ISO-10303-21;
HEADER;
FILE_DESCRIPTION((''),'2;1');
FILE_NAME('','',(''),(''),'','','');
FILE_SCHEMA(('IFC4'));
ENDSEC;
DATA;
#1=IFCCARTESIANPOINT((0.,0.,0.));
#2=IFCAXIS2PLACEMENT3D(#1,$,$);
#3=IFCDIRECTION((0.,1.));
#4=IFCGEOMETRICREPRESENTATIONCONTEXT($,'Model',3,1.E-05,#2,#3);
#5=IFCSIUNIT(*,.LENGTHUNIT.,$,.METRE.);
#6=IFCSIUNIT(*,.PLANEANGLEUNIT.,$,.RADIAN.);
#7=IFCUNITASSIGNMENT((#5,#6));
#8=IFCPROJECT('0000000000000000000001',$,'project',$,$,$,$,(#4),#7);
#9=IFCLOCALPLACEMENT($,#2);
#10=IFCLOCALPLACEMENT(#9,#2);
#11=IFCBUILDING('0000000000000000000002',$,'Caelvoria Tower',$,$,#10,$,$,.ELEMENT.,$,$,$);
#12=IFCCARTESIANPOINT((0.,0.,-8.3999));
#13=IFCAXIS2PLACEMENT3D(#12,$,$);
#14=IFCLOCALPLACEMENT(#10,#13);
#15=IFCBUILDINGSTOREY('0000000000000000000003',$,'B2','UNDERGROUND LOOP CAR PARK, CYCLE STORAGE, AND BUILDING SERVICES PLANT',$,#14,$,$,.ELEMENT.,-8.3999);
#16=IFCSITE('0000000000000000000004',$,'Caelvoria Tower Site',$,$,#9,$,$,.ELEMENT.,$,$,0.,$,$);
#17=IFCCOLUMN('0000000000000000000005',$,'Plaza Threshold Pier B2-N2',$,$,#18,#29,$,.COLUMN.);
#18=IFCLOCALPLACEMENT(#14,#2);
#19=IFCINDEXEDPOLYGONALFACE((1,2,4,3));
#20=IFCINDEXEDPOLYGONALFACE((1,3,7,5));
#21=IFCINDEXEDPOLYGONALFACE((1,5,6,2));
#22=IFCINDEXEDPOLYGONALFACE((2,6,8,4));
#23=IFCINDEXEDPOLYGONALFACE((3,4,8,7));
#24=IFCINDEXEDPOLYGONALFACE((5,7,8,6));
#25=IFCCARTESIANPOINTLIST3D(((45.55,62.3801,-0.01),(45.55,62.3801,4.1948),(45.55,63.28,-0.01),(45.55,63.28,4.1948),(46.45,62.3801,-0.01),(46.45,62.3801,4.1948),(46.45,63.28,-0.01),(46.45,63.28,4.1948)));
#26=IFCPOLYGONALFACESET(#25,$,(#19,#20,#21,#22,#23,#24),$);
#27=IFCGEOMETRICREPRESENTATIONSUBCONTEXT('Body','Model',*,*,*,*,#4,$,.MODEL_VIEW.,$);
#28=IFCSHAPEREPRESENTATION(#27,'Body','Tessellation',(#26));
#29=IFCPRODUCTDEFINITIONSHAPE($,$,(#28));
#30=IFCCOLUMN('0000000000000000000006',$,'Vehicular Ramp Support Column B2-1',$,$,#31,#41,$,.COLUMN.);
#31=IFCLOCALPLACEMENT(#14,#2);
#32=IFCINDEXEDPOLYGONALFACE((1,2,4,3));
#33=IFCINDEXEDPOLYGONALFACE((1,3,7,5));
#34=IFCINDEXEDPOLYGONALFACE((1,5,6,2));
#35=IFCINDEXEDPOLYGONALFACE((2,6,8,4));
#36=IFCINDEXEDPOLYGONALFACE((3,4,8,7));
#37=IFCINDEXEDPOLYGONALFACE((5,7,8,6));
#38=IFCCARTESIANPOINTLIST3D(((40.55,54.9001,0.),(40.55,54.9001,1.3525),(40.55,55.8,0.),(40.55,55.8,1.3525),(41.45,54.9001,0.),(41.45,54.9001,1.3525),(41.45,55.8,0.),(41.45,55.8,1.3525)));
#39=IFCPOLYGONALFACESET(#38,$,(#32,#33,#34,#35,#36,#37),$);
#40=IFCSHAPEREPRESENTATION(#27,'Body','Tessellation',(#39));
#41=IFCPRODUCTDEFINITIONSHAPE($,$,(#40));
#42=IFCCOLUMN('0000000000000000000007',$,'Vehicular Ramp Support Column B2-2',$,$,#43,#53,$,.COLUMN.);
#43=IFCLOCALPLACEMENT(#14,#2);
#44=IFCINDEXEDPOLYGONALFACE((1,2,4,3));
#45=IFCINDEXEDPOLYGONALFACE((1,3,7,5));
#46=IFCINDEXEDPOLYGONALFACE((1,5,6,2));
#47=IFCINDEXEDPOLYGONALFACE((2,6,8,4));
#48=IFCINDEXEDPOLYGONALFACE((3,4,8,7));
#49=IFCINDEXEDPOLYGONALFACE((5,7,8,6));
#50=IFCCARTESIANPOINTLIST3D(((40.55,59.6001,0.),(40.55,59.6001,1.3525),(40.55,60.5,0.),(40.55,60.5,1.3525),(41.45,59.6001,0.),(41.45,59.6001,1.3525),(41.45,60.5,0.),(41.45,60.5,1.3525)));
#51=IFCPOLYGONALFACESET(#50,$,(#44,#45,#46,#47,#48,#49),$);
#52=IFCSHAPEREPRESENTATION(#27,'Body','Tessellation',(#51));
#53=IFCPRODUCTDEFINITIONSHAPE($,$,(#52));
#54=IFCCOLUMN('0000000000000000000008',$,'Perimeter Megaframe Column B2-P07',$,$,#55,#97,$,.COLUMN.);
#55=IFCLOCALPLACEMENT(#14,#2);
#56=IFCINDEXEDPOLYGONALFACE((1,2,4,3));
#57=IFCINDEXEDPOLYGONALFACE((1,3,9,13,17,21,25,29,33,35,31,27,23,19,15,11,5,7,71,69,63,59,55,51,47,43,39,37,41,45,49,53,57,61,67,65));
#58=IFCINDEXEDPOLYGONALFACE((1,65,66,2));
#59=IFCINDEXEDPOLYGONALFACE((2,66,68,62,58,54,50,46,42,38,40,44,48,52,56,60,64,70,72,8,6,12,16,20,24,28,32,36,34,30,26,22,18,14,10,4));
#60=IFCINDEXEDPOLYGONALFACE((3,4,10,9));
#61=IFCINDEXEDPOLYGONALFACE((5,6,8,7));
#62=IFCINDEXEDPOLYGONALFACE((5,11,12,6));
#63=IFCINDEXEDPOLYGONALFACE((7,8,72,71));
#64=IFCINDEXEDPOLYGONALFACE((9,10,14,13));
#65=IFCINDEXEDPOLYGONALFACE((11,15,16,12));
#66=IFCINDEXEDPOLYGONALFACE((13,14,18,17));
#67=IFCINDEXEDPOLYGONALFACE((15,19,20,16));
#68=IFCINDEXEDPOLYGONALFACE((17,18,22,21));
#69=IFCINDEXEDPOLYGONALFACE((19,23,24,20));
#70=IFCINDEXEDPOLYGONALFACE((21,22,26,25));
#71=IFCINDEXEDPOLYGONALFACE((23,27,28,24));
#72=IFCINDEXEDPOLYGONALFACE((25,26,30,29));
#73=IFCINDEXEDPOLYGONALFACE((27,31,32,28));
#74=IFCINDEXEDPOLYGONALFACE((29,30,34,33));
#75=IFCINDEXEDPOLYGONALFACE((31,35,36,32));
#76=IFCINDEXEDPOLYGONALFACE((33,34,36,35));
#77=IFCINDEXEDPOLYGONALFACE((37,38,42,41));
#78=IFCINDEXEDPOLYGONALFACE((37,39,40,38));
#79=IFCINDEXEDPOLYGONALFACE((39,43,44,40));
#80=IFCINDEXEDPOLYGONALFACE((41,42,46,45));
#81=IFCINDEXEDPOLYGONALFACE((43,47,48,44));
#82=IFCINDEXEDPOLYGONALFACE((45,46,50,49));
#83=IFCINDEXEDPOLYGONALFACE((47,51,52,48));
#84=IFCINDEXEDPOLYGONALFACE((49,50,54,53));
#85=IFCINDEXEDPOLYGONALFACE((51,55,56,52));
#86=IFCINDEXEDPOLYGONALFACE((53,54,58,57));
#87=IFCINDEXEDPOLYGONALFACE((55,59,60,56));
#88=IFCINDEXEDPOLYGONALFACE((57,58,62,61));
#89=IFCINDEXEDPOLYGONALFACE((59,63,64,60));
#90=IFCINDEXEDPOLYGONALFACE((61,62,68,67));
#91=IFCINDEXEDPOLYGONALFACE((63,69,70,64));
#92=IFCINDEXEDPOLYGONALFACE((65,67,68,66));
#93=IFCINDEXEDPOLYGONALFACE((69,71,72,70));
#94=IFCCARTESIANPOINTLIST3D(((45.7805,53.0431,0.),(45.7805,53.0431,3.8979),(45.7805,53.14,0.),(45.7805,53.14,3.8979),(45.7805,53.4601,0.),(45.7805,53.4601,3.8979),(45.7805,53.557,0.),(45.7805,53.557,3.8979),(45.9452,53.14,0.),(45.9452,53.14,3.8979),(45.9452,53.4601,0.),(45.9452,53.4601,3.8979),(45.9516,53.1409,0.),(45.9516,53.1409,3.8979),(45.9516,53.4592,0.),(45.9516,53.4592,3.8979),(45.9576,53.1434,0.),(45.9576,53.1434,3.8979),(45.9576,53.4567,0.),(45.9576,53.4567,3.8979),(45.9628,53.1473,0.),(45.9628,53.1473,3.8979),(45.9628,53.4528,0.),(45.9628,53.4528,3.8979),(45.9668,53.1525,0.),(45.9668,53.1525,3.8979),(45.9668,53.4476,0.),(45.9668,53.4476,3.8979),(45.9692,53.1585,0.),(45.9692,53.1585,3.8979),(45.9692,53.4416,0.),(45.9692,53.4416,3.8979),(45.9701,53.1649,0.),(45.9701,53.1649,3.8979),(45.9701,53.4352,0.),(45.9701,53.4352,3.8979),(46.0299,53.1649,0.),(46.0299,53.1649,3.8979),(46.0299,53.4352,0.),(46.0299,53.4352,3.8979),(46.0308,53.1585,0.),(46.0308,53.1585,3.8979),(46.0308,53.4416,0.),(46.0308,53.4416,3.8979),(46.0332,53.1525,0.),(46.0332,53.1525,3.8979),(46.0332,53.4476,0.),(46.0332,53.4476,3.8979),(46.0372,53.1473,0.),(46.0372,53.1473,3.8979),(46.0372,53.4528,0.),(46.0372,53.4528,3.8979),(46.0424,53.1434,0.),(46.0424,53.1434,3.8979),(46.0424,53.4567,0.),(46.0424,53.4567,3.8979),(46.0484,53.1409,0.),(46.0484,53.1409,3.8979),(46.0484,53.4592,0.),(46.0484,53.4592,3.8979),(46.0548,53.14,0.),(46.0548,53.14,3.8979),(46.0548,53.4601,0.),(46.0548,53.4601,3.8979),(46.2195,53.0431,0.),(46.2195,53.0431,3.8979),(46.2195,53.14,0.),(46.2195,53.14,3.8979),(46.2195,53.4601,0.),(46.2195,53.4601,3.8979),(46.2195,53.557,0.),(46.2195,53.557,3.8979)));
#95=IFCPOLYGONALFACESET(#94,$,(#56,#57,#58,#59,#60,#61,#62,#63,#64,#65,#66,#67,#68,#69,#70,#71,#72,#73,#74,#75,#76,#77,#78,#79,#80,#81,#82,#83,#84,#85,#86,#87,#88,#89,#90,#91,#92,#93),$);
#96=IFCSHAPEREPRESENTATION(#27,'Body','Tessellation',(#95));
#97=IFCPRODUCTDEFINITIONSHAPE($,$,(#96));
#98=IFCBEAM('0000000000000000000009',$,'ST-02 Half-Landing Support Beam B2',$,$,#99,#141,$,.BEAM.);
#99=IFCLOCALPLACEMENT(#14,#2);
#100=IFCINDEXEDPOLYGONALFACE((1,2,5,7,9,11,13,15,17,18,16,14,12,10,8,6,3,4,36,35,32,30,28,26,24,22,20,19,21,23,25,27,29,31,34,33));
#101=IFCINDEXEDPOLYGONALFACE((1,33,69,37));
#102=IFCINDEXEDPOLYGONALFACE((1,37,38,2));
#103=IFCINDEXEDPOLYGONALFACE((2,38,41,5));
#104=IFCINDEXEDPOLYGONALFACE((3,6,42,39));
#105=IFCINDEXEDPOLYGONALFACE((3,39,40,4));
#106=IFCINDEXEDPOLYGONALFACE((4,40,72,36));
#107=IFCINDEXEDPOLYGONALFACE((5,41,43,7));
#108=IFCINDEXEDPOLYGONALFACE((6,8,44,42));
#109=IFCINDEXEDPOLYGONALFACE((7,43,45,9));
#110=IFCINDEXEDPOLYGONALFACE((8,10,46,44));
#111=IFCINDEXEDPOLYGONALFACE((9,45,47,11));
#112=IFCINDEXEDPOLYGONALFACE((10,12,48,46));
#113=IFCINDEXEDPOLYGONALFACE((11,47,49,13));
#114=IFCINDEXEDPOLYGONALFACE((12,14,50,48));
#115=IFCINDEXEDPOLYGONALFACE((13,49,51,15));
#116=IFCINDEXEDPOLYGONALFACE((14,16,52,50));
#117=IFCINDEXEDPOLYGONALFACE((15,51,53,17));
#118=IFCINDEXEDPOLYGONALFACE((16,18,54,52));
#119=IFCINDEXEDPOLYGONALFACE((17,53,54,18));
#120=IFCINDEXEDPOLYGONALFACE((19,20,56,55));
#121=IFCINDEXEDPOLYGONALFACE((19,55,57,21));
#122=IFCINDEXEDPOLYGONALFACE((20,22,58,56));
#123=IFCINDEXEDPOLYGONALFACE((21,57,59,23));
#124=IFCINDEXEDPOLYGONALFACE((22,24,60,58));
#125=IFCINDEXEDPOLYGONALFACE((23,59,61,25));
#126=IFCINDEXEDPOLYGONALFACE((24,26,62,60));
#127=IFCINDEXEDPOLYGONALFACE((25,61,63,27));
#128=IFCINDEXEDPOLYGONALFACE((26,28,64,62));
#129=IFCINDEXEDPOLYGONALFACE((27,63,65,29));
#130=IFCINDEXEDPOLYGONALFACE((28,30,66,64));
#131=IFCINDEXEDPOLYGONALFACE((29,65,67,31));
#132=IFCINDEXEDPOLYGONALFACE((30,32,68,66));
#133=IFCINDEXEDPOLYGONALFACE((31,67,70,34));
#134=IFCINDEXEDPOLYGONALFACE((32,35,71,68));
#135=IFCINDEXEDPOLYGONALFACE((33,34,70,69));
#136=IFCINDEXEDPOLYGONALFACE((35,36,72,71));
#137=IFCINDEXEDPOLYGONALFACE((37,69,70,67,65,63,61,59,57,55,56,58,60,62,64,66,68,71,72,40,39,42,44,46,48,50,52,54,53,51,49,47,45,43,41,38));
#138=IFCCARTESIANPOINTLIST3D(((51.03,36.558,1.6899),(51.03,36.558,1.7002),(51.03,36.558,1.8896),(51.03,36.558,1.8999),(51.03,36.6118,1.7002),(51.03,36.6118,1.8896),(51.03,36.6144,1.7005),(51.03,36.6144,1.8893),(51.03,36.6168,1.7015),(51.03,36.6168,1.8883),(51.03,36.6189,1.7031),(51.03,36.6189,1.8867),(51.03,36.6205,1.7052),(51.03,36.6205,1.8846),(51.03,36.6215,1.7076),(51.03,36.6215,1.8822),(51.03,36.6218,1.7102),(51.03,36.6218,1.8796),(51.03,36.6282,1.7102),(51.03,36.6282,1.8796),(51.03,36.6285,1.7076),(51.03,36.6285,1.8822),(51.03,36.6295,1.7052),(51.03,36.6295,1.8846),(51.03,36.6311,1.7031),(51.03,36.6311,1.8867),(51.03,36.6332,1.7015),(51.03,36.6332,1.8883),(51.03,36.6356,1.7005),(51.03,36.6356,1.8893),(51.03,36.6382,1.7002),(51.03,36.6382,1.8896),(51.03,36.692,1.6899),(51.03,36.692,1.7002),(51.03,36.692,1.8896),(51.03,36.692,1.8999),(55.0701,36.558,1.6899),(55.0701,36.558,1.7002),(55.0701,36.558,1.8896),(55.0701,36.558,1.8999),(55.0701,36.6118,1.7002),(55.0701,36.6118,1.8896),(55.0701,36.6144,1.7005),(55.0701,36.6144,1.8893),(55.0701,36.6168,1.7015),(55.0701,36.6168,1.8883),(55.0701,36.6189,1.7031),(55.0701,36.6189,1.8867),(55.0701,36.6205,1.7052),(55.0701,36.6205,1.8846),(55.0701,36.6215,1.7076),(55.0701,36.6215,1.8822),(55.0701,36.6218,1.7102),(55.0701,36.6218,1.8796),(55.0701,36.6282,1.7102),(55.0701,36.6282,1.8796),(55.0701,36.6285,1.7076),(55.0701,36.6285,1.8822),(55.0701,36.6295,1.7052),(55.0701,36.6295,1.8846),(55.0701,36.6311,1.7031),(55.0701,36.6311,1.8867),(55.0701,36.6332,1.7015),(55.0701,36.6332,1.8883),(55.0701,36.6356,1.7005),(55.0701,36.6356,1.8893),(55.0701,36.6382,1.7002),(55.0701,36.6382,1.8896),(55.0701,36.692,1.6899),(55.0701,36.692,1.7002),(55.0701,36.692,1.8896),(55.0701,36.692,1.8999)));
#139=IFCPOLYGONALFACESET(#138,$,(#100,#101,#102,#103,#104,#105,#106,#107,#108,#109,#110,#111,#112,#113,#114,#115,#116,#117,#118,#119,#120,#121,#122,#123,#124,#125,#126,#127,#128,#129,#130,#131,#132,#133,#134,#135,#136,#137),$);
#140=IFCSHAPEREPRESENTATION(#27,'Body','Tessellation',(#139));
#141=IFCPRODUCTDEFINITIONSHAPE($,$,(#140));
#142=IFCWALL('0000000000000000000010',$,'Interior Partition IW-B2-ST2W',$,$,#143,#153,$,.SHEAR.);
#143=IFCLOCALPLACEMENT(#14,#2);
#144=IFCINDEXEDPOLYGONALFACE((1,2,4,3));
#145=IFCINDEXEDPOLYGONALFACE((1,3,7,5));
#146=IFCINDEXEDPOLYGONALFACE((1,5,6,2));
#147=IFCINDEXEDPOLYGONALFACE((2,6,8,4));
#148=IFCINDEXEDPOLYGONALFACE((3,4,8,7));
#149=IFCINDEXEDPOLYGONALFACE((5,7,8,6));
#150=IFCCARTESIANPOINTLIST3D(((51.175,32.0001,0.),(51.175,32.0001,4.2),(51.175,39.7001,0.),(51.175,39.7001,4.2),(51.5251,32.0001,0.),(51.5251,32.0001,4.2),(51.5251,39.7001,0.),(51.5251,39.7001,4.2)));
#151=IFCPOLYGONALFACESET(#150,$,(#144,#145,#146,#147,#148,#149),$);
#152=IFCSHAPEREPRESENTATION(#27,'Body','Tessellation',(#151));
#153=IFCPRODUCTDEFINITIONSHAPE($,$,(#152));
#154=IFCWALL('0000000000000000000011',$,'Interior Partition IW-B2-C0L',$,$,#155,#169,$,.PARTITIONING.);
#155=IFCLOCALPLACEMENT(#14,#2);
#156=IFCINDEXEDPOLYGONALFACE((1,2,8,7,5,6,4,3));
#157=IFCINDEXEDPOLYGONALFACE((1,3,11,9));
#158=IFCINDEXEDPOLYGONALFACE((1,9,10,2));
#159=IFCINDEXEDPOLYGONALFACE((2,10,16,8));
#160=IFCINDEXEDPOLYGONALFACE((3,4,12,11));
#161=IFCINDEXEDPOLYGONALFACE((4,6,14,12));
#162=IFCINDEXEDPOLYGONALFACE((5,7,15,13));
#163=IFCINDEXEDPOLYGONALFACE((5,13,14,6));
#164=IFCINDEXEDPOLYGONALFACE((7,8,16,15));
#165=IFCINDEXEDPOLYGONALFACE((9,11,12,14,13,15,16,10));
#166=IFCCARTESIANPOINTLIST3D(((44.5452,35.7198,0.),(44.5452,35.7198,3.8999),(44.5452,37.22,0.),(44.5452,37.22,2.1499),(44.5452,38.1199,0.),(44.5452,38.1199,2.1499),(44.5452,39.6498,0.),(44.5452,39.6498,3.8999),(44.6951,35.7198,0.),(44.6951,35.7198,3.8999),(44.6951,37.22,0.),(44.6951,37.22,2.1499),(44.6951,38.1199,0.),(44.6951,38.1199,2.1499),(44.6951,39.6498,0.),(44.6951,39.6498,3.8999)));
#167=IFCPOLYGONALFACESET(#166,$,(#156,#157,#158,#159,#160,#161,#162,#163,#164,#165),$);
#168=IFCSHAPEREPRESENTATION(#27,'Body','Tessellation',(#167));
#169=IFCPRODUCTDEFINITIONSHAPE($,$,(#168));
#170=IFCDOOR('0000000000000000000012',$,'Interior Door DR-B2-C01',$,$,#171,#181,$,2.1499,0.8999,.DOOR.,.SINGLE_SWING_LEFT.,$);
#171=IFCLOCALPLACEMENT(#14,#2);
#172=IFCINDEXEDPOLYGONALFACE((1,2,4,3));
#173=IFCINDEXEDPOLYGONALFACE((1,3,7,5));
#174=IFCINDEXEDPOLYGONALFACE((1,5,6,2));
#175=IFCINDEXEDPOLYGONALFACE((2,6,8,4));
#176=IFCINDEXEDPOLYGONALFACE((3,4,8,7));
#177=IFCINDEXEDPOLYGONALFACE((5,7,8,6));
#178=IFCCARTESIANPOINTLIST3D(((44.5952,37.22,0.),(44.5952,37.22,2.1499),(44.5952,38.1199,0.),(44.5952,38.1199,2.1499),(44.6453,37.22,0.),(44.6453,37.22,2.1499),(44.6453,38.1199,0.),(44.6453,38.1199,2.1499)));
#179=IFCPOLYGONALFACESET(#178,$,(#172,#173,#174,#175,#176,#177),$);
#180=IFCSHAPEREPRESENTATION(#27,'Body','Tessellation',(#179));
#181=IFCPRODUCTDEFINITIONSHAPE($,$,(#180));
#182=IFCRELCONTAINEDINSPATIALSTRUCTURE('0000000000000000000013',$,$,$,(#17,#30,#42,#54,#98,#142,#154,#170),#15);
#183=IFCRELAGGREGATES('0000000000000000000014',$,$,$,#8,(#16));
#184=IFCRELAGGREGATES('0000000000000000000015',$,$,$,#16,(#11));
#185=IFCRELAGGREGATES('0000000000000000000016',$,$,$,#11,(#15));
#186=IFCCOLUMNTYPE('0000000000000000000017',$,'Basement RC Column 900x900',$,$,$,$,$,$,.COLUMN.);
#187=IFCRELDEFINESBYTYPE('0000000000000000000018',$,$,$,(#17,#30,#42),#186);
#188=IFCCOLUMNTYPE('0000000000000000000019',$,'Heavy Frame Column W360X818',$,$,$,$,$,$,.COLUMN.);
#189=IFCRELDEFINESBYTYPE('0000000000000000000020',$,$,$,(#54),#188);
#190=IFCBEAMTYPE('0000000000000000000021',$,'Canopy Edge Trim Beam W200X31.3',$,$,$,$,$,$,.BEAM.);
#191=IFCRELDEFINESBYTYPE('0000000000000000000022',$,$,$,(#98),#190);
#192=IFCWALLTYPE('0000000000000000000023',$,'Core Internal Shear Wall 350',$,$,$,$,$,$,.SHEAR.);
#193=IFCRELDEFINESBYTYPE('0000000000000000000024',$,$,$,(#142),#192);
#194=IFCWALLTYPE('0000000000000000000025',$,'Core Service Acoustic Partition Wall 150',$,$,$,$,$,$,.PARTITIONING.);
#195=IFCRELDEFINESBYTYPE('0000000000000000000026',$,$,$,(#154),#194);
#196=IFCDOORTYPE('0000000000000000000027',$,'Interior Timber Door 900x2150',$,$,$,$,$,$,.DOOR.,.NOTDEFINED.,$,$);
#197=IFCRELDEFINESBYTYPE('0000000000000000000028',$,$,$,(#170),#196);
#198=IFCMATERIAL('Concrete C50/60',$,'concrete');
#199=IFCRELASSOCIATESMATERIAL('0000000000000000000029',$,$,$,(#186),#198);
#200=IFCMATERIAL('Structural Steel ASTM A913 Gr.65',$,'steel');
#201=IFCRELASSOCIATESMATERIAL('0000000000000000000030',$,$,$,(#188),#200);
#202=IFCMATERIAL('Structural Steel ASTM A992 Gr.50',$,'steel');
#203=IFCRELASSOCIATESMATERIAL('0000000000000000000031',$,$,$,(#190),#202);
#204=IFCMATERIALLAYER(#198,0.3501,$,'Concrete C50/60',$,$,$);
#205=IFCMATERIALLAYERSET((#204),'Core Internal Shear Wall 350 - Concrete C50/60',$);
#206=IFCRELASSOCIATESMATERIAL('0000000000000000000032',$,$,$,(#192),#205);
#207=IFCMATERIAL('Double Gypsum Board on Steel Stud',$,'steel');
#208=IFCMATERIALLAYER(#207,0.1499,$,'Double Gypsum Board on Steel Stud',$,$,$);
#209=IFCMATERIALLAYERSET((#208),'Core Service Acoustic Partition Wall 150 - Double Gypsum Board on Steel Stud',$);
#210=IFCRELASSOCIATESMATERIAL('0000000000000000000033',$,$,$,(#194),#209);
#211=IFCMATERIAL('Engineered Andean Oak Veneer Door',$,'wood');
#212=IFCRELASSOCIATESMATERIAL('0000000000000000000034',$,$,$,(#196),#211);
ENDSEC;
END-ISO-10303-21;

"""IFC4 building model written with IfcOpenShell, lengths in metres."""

from ifc_helpers import new_model, si_unit, direction, frame, frame_2d, origin, origin_2d, place, context, subcontext, project, spatial, rectangle, i_section, extrude, material, layer, layer_set, material_profile, profile_set, type_object, element, fill, save


model = new_model("IFC4")

# Units and contexts
model_context = context("Model", 3, precision=1e-05, world=origin(), true_north=direction((0.0, 1.0)))
body_context = subcontext(model_context, "Body", "Model", "MODEL_VIEW")
ifc_project = project(units=[si_unit("LENGTHUNIT", "METRE"), si_unit("PLANEANGLEUNIT", "RADIAN")], contexts=[model_context])

# Site, building, storey
site_placement = place(None, origin())
site = spatial("IfcSite", under=ifc_project, at=site_placement, Name="Caelvoria Tower Site", CompositionType="ELEMENT", RefElevation=0.0)
building_placement = place(site_placement, origin())
building = spatial("IfcBuilding", under=site, at=building_placement, Name="Caelvoria Tower", CompositionType="ELEMENT")
storey_placement = place(building_placement, frame((0.0, 0.0, -8.3999)))
storey = spatial("IfcBuildingStorey", under=building, at=storey_placement, Name="B2", Description="UNDERGROUND LOOP CAR PARK, CYCLE STORAGE, AND BUILDING SERVICES PLANT", CompositionType="ELEMENT", Elevation=-8.3999)

# Columns
ifc_material_1 = material(Name="Concrete C50/60", Category="concrete")
ifc_material_profile_1 = material_profile(ifc_material_1, rectangle(XDim=0.8999, YDim=0.8999, at=origin_2d()), Name="Concrete C50/60")
ifc_profile_set_1 = profile_set([ifc_material_profile_1], Name="RC_COL_900X900 - Concrete C50/60")
column_type_1 = type_object("IfcColumnType", Name="Basement RC Column 900x900", PredefinedType="COLUMN", material=ifc_profile_set_1)
for number, where, z_axis, x_axis, name in (
    (1, (46.0, 62.8301, -0.01), (0.0, 0.0, 1.0), (1.0, 0.0, 0.0), "Plaza Threshold Pier B2-N2"),
):
    element("IfcColumn", number, at=place(storey_placement, frame(where, z_axis=z_axis, x_axis=x_axis)), inside=storey, type_object=column_type_1, Name=name, PredefinedType="COLUMN", context=body_context, shape_type="SweptSolid", body=[
        extrude(rectangle(XDim=0.8999, YDim=0.8999, at=origin_2d()), origin(), (0.0, 0.0, 1.0), 4.2048),
    ])
for number, where, z_axis, x_axis, name in (
    (2, (41.0, 55.3501, 0.0), (0.0, 0.0, 1.0), (1.0, 0.0, 0.0), "Vehicular Ramp Support Column B2-1"),
    (3, (41.0, 60.05, 0.0), (0.0, 0.0, 1.0), (1.0, 0.0, 0.0), "Vehicular Ramp Support Column B2-2"),
):
    element("IfcColumn", number, at=place(storey_placement, frame(where, z_axis=z_axis, x_axis=x_axis)), inside=storey, type_object=column_type_1, Name=name, PredefinedType="COLUMN", context=body_context, shape_type="SweptSolid", body=[
        extrude(rectangle(XDim=0.8999, YDim=0.8999, at=origin_2d()), origin(), (0.0, 0.0, 1.0), 1.3525),
    ])
ifc_material_2 = material(Name="Structural Steel ASTM A913 Gr.65", Category="steel")
ifc_material_profile_2 = material_profile(ifc_material_2, i_section(OverallWidth=0.439, OverallDepth=0.5139, WebThickness=0.0598, FlangeThickness=0.0969, FilletRadius=0.0249, at=origin_2d()), Name="Structural Steel ASTM A913 Gr.65")
ifc_profile_set_2 = profile_set([ifc_material_profile_2], Name="W360X818 - Structural Steel ASTM A913 Gr.65")
column_type_2 = type_object("IfcColumnType", Name="Heavy Frame Column W360X818", PredefinedType="COLUMN", material=ifc_profile_set_2)
column_placement = place(storey_placement, frame((46.0, 53.3, 0.0), z_axis=(0.0, 0.0, 1.0), x_axis=(1.0, 0.0, 0.0)))
element("IfcColumn", 4, at=column_placement, inside=storey, type_object=column_type_2, Name="Perimeter Megaframe Column B2-P07", PredefinedType="COLUMN", context=body_context, shape_type="SweptSolid", body=[
    extrude(i_section(OverallWidth=0.439, OverallDepth=0.5139, WebThickness=0.0598, FlangeThickness=0.0969, FilletRadius=0.0249, at=origin_2d()), origin(), (0.0, 0.0, 1.0), 3.8979),
])

# Beam
ifc_material_3 = material(Name="Structural Steel ASTM A992 Gr.50", Category="steel")
ifc_material_profile_3 = material_profile(ifc_material_3, i_section(OverallWidth=0.134, OverallDepth=0.21, WebThickness=0.0063, FlangeThickness=0.0103, FilletRadius=0.01, at=origin_2d()), Name="Structural Steel ASTM A992 Gr.50")
ifc_profile_set_3 = profile_set([ifc_material_profile_3], Name="W200X31.3 - Structural Steel ASTM A992 Gr.50")
beam_type = type_object("IfcBeamType", Name="Canopy Edge Trim Beam W200X31.3", PredefinedType="BEAM", material=ifc_profile_set_3)
beam_placement = place(storey_placement, frame((51.03, 36.625, 1.7949), z_axis=(1.0, 0.0, 0.0), x_axis=(0.0, 1.0, 0.0)))
element("IfcBeam", 5, at=beam_placement, inside=storey, type_object=beam_type, Name="ST-02 Half-Landing Support Beam B2", PredefinedType="BEAM", context=body_context, shape_type="SweptSolid", body=[
    extrude(i_section(OverallWidth=0.134, OverallDepth=0.21, WebThickness=0.0063, FlangeThickness=0.0103, FilletRadius=0.01, at=origin_2d()), origin(), (0.0, 0.0, 1.0), 4.04),
])

# Wall
ifc_layer_1 = layer(ifc_material_1, 0.3501, Name="Concrete C50/60")
ifc_layer_set_1 = layer_set([ifc_layer_1], Name="Core Internal Shear Wall 350 - Concrete C50/60")
wall_type_1 = type_object("IfcWallType", Name="Core Internal Shear Wall 350", PredefinedType="SHEAR", material=ifc_layer_set_1)
wall_1_placement = place(storey_placement, frame((51.3501, 32.0, 0.0), z_axis=(0.0, 0.0, 1.0), x_axis=(0.0, 1.0, 0.0)))
element("IfcWall", 6, at=wall_1_placement, inside=storey, type_object=wall_type_1, Name="Interior Partition IW-B2-ST2W", PredefinedType="SHEAR", context=body_context, shape_type="SweptSolid", body=[
    extrude(rectangle(XDim=7.7, YDim=0.3501, at=frame_2d((3.8501, 0.0))), origin(), (0.0, 0.0, 1.0), 4.2),
])

# Wall, opening, door
ifc_material_4 = material(Name="Double Gypsum Board on Steel Stud", Category="steel")
ifc_layer_2 = layer(ifc_material_4, 0.1499, Name="Double Gypsum Board on Steel Stud")
ifc_layer_set_2 = layer_set([ifc_layer_2], Name="Core Service Acoustic Partition Wall 150 - Double Gypsum Board on Steel Stud")
wall_type_2 = type_object("IfcWallType", Name="Core Service Acoustic Partition Wall 150", PredefinedType="PARTITIONING", material=ifc_layer_set_2)
wall_2_placement = place(storey_placement, frame((44.6201, 35.72, 0.0), z_axis=(0.0, 0.0, 1.0), x_axis=(0.0, 1.0, 0.0)))
wall_2 = element("IfcWall", 7, at=wall_2_placement, inside=storey, type_object=wall_type_2, Name="Interior Partition IW-B2-C0L", PredefinedType="PARTITIONING", context=body_context, shape_type="SweptSolid", body=[
    extrude(rectangle(XDim=3.9299, YDim=0.1499, at=frame_2d((1.9648, 0.0))), origin(), (0.0, 0.0, 1.0), 3.8999),
])
opening_1_placement = place(wall_2_placement, frame((1.5, 0.0, 0.0)))
opening_1 = element("IfcOpeningElement", 8, at=opening_1_placement, cuts=wall_2, PredefinedType="OPENING", context=body_context, shape_type="SweptSolid", body=[
    extrude(rectangle(XDim=0.8999, YDim=2.1499, at=frame_2d((0.45, 1.075))), frame((0.0, 0.085, 0.0), z_axis=(0.0, -1.0, 0.0), x_axis=(1.0, 0.0, 0.0)), (0.0, 0.0, 1.0), 0.1699),
])
ifc_material_5 = material(Name="Engineered Andean Oak Veneer Door", Category="wood")
door_type_1 = type_object("IfcDoorType", Name="Interior Timber Door 900x2150", OperationType="NOTDEFINED", PredefinedType="DOOR", material=ifc_material_5)
door_1_placement = place(opening_1_placement, origin())
door_1 = element("IfcDoor", 9, at=door_1_placement, inside=storey, type_object=door_type_1, Name="Interior Door DR-B2-C01", OperationType="SINGLE_SWING_LEFT", OverallHeight=2.1499, OverallWidth=0.8999, PredefinedType="DOOR", context=body_context, shape_type="SweptSolid", body=[
    extrude(rectangle(XDim=0.8999, YDim=2.1499, at=frame_2d((0.45, 1.075))), frame((0.0, 0.0249, 0.0), z_axis=(0.0, -1.0, 0.0), x_axis=(1.0, 0.0, 0.0)), (0.0, 0.0, 1.0), 0.05),
])
fill(opening_1, door_1)

save(model, "model.ifc")
